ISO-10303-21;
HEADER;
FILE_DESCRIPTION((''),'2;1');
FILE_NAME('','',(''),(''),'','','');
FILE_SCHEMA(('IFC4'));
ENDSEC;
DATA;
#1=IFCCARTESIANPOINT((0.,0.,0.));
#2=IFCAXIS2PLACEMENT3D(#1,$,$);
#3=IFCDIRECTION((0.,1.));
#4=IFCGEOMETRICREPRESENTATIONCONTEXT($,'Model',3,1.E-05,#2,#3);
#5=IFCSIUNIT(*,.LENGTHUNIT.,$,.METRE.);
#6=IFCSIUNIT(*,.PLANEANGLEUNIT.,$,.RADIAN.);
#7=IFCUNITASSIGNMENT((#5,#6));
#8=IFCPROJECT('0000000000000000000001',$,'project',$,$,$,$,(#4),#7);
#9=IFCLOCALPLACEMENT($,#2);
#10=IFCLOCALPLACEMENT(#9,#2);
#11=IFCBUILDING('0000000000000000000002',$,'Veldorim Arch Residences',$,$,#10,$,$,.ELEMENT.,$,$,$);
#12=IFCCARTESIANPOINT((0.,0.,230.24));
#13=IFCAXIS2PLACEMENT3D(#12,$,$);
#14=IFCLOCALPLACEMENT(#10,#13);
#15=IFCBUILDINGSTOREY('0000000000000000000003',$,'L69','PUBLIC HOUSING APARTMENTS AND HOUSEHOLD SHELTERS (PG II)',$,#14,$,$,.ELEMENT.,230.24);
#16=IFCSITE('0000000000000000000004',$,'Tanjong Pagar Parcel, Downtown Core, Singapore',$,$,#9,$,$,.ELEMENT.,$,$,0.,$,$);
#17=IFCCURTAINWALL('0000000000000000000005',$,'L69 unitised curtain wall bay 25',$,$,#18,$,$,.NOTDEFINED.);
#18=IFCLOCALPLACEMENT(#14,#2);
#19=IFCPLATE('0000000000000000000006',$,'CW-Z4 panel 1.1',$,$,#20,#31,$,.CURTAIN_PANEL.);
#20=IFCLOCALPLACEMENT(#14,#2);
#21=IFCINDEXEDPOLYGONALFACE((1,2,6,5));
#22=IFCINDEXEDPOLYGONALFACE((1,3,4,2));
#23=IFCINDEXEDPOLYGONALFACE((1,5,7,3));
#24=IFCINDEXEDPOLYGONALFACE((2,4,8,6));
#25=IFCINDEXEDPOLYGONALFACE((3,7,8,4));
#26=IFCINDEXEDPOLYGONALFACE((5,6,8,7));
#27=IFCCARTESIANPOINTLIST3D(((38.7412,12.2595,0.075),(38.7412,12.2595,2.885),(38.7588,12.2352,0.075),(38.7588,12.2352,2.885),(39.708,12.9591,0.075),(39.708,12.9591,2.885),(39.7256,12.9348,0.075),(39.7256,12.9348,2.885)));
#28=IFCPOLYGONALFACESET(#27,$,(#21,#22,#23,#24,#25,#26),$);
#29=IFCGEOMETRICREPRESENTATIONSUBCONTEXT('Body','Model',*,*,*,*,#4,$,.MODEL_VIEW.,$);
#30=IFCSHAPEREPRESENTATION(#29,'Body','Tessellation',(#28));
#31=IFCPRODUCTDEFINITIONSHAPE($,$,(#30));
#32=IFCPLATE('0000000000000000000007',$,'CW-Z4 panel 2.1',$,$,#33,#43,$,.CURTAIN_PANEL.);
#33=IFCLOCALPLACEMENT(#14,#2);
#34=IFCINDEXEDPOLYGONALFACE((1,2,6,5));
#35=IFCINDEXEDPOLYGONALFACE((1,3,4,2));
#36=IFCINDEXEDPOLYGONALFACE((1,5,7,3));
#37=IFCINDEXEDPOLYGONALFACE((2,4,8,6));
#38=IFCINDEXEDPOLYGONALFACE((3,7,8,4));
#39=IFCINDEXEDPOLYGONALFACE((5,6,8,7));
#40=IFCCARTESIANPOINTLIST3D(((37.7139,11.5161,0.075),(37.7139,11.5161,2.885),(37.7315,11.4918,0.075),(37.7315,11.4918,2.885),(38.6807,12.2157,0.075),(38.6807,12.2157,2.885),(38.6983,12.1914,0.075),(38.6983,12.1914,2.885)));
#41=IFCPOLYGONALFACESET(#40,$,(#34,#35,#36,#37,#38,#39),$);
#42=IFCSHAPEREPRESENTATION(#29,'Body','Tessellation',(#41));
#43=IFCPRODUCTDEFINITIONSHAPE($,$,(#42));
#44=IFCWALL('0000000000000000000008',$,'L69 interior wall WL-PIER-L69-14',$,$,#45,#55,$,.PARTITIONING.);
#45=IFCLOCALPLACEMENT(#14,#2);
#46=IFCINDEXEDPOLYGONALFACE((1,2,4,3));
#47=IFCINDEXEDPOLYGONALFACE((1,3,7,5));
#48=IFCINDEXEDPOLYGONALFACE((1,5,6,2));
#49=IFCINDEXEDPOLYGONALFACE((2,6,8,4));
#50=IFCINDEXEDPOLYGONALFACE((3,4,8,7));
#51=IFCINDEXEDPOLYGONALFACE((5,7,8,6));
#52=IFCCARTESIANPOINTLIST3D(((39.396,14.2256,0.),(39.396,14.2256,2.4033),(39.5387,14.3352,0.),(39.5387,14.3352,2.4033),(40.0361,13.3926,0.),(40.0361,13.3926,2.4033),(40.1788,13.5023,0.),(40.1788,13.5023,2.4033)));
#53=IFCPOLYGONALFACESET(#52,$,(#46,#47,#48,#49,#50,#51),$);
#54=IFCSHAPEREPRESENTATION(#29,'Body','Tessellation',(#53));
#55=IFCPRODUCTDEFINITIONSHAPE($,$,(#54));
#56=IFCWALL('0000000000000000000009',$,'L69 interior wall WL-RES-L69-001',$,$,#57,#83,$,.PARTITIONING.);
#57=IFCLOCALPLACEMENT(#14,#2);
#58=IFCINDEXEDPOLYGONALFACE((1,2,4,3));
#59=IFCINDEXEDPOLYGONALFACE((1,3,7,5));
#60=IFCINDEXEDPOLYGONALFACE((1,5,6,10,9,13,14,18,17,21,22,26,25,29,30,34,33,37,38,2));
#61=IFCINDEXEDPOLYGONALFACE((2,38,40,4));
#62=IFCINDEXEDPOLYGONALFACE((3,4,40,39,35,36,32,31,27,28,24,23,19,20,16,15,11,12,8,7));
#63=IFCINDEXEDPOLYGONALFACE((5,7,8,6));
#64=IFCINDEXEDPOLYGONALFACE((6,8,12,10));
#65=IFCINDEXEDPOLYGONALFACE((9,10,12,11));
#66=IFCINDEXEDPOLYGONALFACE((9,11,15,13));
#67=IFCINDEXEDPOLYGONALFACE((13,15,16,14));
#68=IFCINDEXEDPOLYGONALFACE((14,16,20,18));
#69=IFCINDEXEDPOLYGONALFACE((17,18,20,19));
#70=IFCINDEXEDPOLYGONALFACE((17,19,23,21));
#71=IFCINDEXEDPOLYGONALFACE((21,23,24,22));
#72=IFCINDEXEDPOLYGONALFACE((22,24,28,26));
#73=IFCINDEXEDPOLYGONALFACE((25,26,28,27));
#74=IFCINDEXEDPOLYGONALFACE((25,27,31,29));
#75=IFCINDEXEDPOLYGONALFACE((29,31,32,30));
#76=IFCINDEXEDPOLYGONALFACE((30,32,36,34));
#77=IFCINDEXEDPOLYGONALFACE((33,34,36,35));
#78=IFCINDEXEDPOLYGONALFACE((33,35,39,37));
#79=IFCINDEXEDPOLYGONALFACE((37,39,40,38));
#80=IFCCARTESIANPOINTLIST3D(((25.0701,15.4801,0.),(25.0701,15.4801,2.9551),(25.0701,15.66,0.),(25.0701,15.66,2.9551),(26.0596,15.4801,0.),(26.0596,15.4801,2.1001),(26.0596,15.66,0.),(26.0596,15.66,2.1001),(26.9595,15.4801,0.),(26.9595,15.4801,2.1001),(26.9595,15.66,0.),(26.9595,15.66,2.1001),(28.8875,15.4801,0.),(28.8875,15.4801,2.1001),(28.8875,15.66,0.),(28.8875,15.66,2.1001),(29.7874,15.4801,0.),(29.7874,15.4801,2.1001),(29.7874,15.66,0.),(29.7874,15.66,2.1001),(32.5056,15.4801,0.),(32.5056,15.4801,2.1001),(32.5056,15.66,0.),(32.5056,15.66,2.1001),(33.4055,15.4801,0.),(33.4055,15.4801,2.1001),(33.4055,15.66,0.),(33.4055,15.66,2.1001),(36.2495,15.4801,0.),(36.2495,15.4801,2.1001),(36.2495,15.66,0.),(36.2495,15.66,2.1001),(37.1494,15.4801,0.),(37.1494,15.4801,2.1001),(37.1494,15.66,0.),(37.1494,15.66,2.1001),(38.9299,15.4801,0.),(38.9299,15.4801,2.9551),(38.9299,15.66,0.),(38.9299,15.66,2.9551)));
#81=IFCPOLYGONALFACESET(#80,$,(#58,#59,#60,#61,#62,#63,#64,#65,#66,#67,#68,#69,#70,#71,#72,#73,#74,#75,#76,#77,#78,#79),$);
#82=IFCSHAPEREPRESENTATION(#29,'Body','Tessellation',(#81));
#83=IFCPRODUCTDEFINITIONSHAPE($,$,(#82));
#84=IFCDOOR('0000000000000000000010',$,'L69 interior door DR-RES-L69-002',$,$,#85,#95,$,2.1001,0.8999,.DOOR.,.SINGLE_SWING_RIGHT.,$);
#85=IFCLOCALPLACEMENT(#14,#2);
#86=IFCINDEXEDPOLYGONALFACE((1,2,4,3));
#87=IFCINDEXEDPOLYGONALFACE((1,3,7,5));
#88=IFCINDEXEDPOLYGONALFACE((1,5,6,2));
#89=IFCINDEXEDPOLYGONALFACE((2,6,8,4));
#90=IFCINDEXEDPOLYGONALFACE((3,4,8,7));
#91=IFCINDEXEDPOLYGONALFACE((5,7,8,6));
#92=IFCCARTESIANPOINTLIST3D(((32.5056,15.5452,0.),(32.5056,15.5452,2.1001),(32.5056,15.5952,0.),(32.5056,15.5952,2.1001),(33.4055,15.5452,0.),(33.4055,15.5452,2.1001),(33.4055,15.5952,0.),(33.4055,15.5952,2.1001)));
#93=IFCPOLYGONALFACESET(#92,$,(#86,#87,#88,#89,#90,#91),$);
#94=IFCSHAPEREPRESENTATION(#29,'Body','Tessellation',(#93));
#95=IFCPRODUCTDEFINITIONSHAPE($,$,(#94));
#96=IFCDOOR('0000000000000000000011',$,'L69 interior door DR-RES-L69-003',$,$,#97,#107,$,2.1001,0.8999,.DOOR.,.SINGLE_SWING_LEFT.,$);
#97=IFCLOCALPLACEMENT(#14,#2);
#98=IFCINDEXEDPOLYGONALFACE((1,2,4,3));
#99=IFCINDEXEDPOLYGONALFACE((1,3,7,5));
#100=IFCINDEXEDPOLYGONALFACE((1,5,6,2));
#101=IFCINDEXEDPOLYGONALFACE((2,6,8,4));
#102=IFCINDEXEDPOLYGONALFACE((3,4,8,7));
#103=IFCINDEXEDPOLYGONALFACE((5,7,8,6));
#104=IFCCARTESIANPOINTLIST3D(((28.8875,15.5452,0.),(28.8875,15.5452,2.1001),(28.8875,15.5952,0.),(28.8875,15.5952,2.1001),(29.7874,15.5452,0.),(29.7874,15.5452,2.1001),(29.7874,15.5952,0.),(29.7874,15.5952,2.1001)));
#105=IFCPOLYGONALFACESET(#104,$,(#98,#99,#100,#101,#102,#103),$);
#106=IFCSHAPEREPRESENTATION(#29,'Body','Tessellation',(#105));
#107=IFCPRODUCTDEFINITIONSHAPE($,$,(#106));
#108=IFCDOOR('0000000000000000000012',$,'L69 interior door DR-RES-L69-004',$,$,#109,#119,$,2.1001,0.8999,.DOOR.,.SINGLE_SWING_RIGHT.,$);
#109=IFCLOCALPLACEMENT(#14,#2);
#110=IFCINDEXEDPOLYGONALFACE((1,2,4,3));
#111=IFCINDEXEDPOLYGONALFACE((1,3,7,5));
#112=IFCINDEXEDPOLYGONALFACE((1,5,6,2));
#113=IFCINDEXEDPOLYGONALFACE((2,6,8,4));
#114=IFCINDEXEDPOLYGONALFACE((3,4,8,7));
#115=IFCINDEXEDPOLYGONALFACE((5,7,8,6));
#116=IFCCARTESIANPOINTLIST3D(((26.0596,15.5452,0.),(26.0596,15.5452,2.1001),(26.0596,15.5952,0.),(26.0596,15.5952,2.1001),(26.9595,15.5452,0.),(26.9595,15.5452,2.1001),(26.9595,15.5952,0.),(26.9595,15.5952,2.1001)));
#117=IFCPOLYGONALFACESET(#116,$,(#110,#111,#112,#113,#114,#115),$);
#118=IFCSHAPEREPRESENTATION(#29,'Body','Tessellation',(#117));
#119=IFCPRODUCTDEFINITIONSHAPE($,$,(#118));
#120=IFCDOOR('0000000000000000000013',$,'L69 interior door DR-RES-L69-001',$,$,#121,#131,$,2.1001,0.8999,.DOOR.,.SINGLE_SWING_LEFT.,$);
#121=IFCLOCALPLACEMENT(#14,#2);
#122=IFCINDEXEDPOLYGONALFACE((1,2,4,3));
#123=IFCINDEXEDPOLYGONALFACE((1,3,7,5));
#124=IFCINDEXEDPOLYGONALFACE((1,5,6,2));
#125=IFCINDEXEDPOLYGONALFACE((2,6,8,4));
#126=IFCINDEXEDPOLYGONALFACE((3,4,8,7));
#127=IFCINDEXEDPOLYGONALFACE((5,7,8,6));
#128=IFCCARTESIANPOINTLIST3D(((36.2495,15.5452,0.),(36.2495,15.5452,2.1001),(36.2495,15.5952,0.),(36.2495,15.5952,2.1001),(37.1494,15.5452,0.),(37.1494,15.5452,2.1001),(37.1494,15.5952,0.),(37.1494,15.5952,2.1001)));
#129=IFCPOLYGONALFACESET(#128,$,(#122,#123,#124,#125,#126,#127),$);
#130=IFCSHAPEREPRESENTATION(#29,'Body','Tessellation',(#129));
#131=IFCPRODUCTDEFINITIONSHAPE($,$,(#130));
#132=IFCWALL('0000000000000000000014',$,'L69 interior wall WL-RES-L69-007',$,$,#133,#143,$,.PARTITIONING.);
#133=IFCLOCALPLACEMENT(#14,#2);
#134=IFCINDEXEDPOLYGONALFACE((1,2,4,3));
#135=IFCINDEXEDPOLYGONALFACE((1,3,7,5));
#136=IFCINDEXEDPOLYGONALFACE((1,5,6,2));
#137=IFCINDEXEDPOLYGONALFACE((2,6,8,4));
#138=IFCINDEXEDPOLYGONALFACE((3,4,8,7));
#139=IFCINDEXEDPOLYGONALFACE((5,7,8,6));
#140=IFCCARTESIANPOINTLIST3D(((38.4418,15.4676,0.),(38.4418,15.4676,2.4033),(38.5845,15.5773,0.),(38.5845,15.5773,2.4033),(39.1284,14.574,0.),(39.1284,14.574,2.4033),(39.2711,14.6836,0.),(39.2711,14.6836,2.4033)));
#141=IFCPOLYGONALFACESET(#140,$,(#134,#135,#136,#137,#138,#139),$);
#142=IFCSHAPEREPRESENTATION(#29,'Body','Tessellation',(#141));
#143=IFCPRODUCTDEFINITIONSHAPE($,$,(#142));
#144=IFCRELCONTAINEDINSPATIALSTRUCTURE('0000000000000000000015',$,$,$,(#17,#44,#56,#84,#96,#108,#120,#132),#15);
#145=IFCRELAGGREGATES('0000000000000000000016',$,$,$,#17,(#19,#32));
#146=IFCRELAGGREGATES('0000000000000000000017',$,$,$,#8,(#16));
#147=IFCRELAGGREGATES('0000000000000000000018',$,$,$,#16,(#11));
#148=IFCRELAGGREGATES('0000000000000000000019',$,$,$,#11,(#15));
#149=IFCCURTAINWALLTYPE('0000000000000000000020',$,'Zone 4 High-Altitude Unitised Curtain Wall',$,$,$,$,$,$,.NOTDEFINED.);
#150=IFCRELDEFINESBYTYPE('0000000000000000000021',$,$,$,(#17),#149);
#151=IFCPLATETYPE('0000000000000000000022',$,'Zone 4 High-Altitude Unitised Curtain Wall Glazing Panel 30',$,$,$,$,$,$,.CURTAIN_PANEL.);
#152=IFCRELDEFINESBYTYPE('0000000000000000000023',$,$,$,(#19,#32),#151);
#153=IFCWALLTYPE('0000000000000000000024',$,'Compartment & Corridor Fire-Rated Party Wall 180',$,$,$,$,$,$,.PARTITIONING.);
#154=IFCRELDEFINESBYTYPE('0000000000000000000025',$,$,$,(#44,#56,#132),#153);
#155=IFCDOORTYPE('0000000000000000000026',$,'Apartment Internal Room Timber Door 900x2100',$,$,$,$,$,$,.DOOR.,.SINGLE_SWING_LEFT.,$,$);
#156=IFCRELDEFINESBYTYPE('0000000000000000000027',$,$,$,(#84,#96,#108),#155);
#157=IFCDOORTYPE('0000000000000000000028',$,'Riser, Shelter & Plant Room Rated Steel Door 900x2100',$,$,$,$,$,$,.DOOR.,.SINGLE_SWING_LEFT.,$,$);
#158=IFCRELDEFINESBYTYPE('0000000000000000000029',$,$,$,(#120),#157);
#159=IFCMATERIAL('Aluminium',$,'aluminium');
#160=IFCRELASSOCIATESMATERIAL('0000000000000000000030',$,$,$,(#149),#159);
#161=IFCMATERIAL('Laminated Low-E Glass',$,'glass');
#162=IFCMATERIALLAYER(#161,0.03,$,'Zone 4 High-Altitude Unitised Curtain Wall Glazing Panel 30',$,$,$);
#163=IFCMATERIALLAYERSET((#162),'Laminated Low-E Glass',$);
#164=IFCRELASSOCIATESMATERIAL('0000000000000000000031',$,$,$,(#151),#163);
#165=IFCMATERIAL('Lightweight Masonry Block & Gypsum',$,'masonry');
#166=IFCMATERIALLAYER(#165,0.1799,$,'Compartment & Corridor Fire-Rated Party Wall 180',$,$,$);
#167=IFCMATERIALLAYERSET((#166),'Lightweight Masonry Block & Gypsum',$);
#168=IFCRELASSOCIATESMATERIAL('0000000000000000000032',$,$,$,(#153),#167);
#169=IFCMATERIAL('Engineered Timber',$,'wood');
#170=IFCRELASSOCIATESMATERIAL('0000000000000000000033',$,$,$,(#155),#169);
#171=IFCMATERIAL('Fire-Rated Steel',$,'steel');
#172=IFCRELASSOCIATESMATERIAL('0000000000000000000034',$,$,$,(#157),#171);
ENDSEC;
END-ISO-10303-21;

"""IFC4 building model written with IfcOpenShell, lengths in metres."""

from ifc_helpers import new_model, si_unit, direction, frame, frame_2d, origin, origin_2d, place, context, subcontext, project, spatial, rectangle, extrude, material, layer, layer_set, type_object, element, fill, aggregate, save


model = new_model("IFC4")

# Units and contexts
model_context = context("Model", 3, precision=1e-05, world=origin(), true_north=direction((0.0, 1.0)))
body_context = subcontext(model_context, "Body", "Model", "MODEL_VIEW")
ifc_project = project(units=[si_unit("LENGTHUNIT", "METRE"), si_unit("PLANEANGLEUNIT", "RADIAN")], contexts=[model_context])

# Site, building, storey
site_placement = place(None, origin())
site = spatial("IfcSite", under=ifc_project, at=site_placement, Name="Tanjong Pagar Parcel, Downtown Core, Singapore", CompositionType="ELEMENT", RefElevation=0.0)
building_placement = place(site_placement, origin())
building = spatial("IfcBuilding", under=site, at=building_placement, Name="Veldorim Arch Residences", CompositionType="ELEMENT")
storey_placement = place(building_placement, frame((0.0, 0.0, 230.24)))
storey = spatial("IfcBuildingStorey", under=building, at=storey_placement, Name="L69", Description="PUBLIC HOUSING APARTMENTS AND HOUSEHOLD SHELTERS (PG II)", CompositionType="ELEMENT", Elevation=230.24)

# Curtain wall, plates
ifc_material_1 = material(Name="Aluminium", Category="aluminium")
curtain_wall_type = type_object("IfcCurtainWallType", Name="Zone 4 High-Altitude Unitised Curtain Wall", PredefinedType="NOTDEFINED", material=ifc_material_1)
curtain_wall_placement = place(storey_placement, origin())
curtain_wall = element("IfcCurtainWall", 1, at=curtain_wall_placement, inside=storey, type_object=curtain_wall_type, Name="L69 unitised curtain wall bay 25", PredefinedType="NOTDEFINED")
ifc_material_2 = material(Name="Laminated Low-E Glass", Category="glass")
ifc_layer_1 = layer(ifc_material_2, 0.03, Name="Zone 4 High-Altitude Unitised Curtain Wall Glazing Panel 30")
ifc_layer_set_1 = layer_set([ifc_layer_1], Name="Laminated Low-E Glass")
plate_type = type_object("IfcPlateType", Name="Zone 4 High-Altitude Unitised Curtain Wall Glazing Panel 30", PredefinedType="CURTAIN_PANEL", material=ifc_layer_set_1)
plate_1_placement = place(storey_placement, frame((39.2334, 12.5972, 0.075), z_axis=(0.0, 0.0, 1.0), x_axis=(-0.810148, -0.586226, 0.0)))
plate_1 = element("IfcPlate", 2, at=plate_1_placement, type_object=plate_type, Name="CW-Z4 panel 1.1", PredefinedType="CURTAIN_PANEL", context=body_context, shape_type="SweptSolid", body=[
    extrude(rectangle(XDim=1.1934, YDim=0.03, at=origin_2d()), origin(), (0.0, 0.0, 1.0), 2.8101),
])
plate_2_placement = place(storey_placement, frame((38.2061, 11.8538, 0.075), z_axis=(0.0, 0.0, 1.0), x_axis=(-0.810148, -0.586226, 0.0)))
plate_2 = element("IfcPlate", 3, at=plate_2_placement, type_object=plate_type, Name="CW-Z4 panel 2.1", PredefinedType="CURTAIN_PANEL", context=body_context, shape_type="SweptSolid", body=[
    extrude(rectangle(XDim=1.1934, YDim=0.03, at=origin_2d()), origin(), (0.0, 0.0, 1.0), 2.8101),
])
aggregate(curtain_wall, [plate_1, plate_2])

# Wall
ifc_material_3 = material(Name="Lightweight Masonry Block & Gypsum", Category="masonry")
ifc_layer_2 = layer(ifc_material_3, 0.1799, Name="Compartment & Corridor Fire-Rated Party Wall 180")
ifc_layer_set_2 = layer_set([ifc_layer_2], Name="Lightweight Masonry Block & Gypsum")
wall_type_1 = type_object("IfcWallType", Name="Compartment & Corridor Fire-Rated Party Wall 180", PredefinedType="PARTITIONING", material=ifc_layer_set_2)
wall_1_placement = place(storey_placement, frame((39.4673, 14.2805, 0.0), z_axis=(0.0, 0.0, 1.0), x_axis=(0.609329, -0.792918, 0.0)))
element("IfcWall", 4, at=wall_1_placement, inside=storey, type_object=wall_type_1, Name="L69 interior wall WL-PIER-L69-14", PredefinedType="PARTITIONING", context=body_context, shape_type="SweptSolid", body=[
    extrude(rectangle(XDim=1.0505, YDim=0.1799, at=frame_2d((0.5254, 0.0))), origin(), (0.0, 0.0, 1.0), 2.4033),
])

# Wall, openings, doors
wall_2_placement = place(storey_placement, frame((38.9299, 15.5701, 0.0), z_axis=(0.0, 0.0, 1.0), x_axis=(-1.0, 0.0, 0.0)))
wall_2 = element("IfcWall", 5, at=wall_2_placement, inside=storey, type_object=wall_type_1, Name="L69 interior wall WL-RES-L69-001", PredefinedType="PARTITIONING", context=body_context, shape_type="SweptSolid", body=[
    extrude(rectangle(XDim=13.8599, YDim=0.1799, at=frame_2d((6.9299, 0.0))), origin(), (0.0, 0.0, 1.0), 2.9551),
])
opening_1_placement = place(wall_2_placement, frame((1.7805, 0.0, 0.0)))
opening_1 = element("IfcOpeningElement", 6, at=opening_1_placement, cuts=wall_2, PredefinedType="OPENING", context=body_context, shape_type="SweptSolid", body=[
    extrude(rectangle(XDim=0.8999, YDim=2.1001, at=frame_2d((0.45, 1.05))), frame((0.0, 0.0999, 0.0), z_axis=(0.0, -1.0, 0.0), x_axis=(1.0, 0.0, 0.0)), (0.0, 0.0, 1.0), 0.2),
])
opening_2_placement = place(wall_2_placement, frame((5.5244, 0.0, 0.0)))
opening_2 = element("IfcOpeningElement", 7, at=opening_2_placement, cuts=wall_2, PredefinedType="OPENING", context=body_context, shape_type="SweptSolid", body=[
    extrude(rectangle(XDim=0.8999, YDim=2.1001, at=frame_2d((0.45, 1.05))), frame((0.0, 0.0999, 0.0), z_axis=(0.0, -1.0, 0.0), x_axis=(1.0, 0.0, 0.0)), (0.0, 0.0, 1.0), 0.2),
])
opening_3_placement = place(wall_2_placement, frame((9.1426, 0.0, 0.0)))
opening_3 = element("IfcOpeningElement", 8, at=opening_3_placement, cuts=wall_2, PredefinedType="OPENING", context=body_context, shape_type="SweptSolid", body=[
    extrude(rectangle(XDim=0.8999, YDim=2.1001, at=frame_2d((0.45, 1.05))), frame((0.0, 0.0999, 0.0), z_axis=(0.0, -1.0, 0.0), x_axis=(1.0, 0.0, 0.0)), (0.0, 0.0, 1.0), 0.2),
])
opening_4_placement = place(wall_2_placement, frame((11.9705, 0.0, 0.0)))
opening_4 = element("IfcOpeningElement", 9, at=opening_4_placement, cuts=wall_2, PredefinedType="OPENING", context=body_context, shape_type="SweptSolid", body=[
    extrude(rectangle(XDim=0.8999, YDim=2.1001, at=frame_2d((0.45, 1.05))), frame((0.0, 0.0999, 0.0), z_axis=(0.0, -1.0, 0.0), x_axis=(1.0, 0.0, 0.0)), (0.0, 0.0, 1.0), 0.2),
])
ifc_material_4 = material(Name="Engineered Timber", Category="wood")
door_type_1 = type_object("IfcDoorType", Name="Apartment Internal Room Timber Door 900x2100", OperationType="SINGLE_SWING_LEFT", PredefinedType="DOOR", material=ifc_material_4)
door_1_placement = place(opening_2_placement, origin())
door_1 = element("IfcDoor", 10, at=door_1_placement, inside=storey, type_object=door_type_1, Name="L69 interior door DR-RES-L69-002", OperationType="SINGLE_SWING_RIGHT", OverallHeight=2.1001, OverallWidth=0.8999, PredefinedType="DOOR", context=body_context, shape_type="SweptSolid", body=[
    extrude(rectangle(XDim=0.8999, YDim=2.1001, at=frame_2d((0.45, 1.05))), frame((0.0, 0.0249, 0.0), z_axis=(0.0, -1.0, 0.0), x_axis=(1.0, 0.0, 0.0)), (0.0, 0.0, 1.0), 0.05),
])
fill(opening_2, door_1)
door_2_placement = place(opening_3_placement, origin())
door_2 = element("IfcDoor", 11, at=door_2_placement, inside=storey, type_object=door_type_1, Name="L69 interior door DR-RES-L69-003", OperationType="SINGLE_SWING_LEFT", OverallHeight=2.1001, OverallWidth=0.8999, PredefinedType="DOOR", context=body_context, shape_type="SweptSolid", body=[
    extrude(rectangle(XDim=0.8999, YDim=2.1001, at=frame_2d((0.45, 1.05))), frame((0.0, 0.0249, 0.0), z_axis=(0.0, -1.0, 0.0), x_axis=(1.0, 0.0, 0.0)), (0.0, 0.0, 1.0), 0.05),
])
fill(opening_3, door_2)
door_3_placement = place(opening_4_placement, origin())
door_3 = element("IfcDoor", 12, at=door_3_placement, inside=storey, type_object=door_type_1, Name="L69 interior door DR-RES-L69-004", OperationType="SINGLE_SWING_RIGHT", OverallHeight=2.1001, OverallWidth=0.8999, PredefinedType="DOOR", context=body_context, shape_type="SweptSolid", body=[
    extrude(rectangle(XDim=0.8999, YDim=2.1001, at=frame_2d((0.45, 1.05))), frame((0.0, 0.0249, 0.0), z_axis=(0.0, -1.0, 0.0), x_axis=(1.0, 0.0, 0.0)), (0.0, 0.0, 1.0), 0.05),
])
fill(opening_4, door_3)
ifc_material_5 = material(Name="Fire-Rated Steel", Category="steel")
door_type_2 = type_object("IfcDoorType", Name="Riser, Shelter & Plant Room Rated Steel Door 900x2100", OperationType="SINGLE_SWING_LEFT", PredefinedType="DOOR", material=ifc_material_5)
door_4_placement = place(opening_1_placement, origin())
door_4 = element("IfcDoor", 13, at=door_4_placement, inside=storey, type_object=door_type_2, Name="L69 interior door DR-RES-L69-001", OperationType="SINGLE_SWING_LEFT", OverallHeight=2.1001, OverallWidth=0.8999, PredefinedType="DOOR", context=body_context, shape_type="SweptSolid", body=[
    extrude(rectangle(XDim=0.8999, YDim=2.1001, at=frame_2d((0.45, 1.05))), frame((0.0, 0.0249, 0.0), z_axis=(0.0, -1.0, 0.0), x_axis=(1.0, 0.0, 0.0)), (0.0, 0.0, 1.0), 0.05),
])
fill(opening_1, door_4)

# Wall
wall_3_placement = place(storey_placement, frame((38.5132, 15.5225, 0.0), z_axis=(0.0, 0.0, 1.0), x_axis=(0.60925, -0.792978, 0.0)))
element("IfcWall", 14, at=wall_3_placement, inside=storey, type_object=wall_type_1, Name="L69 interior wall WL-RES-L69-007", PredefinedType="PARTITIONING", context=body_context, shape_type="SweptSolid", body=[
    extrude(rectangle(XDim=1.127, YDim=0.1799, at=frame_2d((0.5635, 0.0))), origin(), (0.0, 0.0, 1.0), 2.4033),
])

save(model, "model.ifc")
